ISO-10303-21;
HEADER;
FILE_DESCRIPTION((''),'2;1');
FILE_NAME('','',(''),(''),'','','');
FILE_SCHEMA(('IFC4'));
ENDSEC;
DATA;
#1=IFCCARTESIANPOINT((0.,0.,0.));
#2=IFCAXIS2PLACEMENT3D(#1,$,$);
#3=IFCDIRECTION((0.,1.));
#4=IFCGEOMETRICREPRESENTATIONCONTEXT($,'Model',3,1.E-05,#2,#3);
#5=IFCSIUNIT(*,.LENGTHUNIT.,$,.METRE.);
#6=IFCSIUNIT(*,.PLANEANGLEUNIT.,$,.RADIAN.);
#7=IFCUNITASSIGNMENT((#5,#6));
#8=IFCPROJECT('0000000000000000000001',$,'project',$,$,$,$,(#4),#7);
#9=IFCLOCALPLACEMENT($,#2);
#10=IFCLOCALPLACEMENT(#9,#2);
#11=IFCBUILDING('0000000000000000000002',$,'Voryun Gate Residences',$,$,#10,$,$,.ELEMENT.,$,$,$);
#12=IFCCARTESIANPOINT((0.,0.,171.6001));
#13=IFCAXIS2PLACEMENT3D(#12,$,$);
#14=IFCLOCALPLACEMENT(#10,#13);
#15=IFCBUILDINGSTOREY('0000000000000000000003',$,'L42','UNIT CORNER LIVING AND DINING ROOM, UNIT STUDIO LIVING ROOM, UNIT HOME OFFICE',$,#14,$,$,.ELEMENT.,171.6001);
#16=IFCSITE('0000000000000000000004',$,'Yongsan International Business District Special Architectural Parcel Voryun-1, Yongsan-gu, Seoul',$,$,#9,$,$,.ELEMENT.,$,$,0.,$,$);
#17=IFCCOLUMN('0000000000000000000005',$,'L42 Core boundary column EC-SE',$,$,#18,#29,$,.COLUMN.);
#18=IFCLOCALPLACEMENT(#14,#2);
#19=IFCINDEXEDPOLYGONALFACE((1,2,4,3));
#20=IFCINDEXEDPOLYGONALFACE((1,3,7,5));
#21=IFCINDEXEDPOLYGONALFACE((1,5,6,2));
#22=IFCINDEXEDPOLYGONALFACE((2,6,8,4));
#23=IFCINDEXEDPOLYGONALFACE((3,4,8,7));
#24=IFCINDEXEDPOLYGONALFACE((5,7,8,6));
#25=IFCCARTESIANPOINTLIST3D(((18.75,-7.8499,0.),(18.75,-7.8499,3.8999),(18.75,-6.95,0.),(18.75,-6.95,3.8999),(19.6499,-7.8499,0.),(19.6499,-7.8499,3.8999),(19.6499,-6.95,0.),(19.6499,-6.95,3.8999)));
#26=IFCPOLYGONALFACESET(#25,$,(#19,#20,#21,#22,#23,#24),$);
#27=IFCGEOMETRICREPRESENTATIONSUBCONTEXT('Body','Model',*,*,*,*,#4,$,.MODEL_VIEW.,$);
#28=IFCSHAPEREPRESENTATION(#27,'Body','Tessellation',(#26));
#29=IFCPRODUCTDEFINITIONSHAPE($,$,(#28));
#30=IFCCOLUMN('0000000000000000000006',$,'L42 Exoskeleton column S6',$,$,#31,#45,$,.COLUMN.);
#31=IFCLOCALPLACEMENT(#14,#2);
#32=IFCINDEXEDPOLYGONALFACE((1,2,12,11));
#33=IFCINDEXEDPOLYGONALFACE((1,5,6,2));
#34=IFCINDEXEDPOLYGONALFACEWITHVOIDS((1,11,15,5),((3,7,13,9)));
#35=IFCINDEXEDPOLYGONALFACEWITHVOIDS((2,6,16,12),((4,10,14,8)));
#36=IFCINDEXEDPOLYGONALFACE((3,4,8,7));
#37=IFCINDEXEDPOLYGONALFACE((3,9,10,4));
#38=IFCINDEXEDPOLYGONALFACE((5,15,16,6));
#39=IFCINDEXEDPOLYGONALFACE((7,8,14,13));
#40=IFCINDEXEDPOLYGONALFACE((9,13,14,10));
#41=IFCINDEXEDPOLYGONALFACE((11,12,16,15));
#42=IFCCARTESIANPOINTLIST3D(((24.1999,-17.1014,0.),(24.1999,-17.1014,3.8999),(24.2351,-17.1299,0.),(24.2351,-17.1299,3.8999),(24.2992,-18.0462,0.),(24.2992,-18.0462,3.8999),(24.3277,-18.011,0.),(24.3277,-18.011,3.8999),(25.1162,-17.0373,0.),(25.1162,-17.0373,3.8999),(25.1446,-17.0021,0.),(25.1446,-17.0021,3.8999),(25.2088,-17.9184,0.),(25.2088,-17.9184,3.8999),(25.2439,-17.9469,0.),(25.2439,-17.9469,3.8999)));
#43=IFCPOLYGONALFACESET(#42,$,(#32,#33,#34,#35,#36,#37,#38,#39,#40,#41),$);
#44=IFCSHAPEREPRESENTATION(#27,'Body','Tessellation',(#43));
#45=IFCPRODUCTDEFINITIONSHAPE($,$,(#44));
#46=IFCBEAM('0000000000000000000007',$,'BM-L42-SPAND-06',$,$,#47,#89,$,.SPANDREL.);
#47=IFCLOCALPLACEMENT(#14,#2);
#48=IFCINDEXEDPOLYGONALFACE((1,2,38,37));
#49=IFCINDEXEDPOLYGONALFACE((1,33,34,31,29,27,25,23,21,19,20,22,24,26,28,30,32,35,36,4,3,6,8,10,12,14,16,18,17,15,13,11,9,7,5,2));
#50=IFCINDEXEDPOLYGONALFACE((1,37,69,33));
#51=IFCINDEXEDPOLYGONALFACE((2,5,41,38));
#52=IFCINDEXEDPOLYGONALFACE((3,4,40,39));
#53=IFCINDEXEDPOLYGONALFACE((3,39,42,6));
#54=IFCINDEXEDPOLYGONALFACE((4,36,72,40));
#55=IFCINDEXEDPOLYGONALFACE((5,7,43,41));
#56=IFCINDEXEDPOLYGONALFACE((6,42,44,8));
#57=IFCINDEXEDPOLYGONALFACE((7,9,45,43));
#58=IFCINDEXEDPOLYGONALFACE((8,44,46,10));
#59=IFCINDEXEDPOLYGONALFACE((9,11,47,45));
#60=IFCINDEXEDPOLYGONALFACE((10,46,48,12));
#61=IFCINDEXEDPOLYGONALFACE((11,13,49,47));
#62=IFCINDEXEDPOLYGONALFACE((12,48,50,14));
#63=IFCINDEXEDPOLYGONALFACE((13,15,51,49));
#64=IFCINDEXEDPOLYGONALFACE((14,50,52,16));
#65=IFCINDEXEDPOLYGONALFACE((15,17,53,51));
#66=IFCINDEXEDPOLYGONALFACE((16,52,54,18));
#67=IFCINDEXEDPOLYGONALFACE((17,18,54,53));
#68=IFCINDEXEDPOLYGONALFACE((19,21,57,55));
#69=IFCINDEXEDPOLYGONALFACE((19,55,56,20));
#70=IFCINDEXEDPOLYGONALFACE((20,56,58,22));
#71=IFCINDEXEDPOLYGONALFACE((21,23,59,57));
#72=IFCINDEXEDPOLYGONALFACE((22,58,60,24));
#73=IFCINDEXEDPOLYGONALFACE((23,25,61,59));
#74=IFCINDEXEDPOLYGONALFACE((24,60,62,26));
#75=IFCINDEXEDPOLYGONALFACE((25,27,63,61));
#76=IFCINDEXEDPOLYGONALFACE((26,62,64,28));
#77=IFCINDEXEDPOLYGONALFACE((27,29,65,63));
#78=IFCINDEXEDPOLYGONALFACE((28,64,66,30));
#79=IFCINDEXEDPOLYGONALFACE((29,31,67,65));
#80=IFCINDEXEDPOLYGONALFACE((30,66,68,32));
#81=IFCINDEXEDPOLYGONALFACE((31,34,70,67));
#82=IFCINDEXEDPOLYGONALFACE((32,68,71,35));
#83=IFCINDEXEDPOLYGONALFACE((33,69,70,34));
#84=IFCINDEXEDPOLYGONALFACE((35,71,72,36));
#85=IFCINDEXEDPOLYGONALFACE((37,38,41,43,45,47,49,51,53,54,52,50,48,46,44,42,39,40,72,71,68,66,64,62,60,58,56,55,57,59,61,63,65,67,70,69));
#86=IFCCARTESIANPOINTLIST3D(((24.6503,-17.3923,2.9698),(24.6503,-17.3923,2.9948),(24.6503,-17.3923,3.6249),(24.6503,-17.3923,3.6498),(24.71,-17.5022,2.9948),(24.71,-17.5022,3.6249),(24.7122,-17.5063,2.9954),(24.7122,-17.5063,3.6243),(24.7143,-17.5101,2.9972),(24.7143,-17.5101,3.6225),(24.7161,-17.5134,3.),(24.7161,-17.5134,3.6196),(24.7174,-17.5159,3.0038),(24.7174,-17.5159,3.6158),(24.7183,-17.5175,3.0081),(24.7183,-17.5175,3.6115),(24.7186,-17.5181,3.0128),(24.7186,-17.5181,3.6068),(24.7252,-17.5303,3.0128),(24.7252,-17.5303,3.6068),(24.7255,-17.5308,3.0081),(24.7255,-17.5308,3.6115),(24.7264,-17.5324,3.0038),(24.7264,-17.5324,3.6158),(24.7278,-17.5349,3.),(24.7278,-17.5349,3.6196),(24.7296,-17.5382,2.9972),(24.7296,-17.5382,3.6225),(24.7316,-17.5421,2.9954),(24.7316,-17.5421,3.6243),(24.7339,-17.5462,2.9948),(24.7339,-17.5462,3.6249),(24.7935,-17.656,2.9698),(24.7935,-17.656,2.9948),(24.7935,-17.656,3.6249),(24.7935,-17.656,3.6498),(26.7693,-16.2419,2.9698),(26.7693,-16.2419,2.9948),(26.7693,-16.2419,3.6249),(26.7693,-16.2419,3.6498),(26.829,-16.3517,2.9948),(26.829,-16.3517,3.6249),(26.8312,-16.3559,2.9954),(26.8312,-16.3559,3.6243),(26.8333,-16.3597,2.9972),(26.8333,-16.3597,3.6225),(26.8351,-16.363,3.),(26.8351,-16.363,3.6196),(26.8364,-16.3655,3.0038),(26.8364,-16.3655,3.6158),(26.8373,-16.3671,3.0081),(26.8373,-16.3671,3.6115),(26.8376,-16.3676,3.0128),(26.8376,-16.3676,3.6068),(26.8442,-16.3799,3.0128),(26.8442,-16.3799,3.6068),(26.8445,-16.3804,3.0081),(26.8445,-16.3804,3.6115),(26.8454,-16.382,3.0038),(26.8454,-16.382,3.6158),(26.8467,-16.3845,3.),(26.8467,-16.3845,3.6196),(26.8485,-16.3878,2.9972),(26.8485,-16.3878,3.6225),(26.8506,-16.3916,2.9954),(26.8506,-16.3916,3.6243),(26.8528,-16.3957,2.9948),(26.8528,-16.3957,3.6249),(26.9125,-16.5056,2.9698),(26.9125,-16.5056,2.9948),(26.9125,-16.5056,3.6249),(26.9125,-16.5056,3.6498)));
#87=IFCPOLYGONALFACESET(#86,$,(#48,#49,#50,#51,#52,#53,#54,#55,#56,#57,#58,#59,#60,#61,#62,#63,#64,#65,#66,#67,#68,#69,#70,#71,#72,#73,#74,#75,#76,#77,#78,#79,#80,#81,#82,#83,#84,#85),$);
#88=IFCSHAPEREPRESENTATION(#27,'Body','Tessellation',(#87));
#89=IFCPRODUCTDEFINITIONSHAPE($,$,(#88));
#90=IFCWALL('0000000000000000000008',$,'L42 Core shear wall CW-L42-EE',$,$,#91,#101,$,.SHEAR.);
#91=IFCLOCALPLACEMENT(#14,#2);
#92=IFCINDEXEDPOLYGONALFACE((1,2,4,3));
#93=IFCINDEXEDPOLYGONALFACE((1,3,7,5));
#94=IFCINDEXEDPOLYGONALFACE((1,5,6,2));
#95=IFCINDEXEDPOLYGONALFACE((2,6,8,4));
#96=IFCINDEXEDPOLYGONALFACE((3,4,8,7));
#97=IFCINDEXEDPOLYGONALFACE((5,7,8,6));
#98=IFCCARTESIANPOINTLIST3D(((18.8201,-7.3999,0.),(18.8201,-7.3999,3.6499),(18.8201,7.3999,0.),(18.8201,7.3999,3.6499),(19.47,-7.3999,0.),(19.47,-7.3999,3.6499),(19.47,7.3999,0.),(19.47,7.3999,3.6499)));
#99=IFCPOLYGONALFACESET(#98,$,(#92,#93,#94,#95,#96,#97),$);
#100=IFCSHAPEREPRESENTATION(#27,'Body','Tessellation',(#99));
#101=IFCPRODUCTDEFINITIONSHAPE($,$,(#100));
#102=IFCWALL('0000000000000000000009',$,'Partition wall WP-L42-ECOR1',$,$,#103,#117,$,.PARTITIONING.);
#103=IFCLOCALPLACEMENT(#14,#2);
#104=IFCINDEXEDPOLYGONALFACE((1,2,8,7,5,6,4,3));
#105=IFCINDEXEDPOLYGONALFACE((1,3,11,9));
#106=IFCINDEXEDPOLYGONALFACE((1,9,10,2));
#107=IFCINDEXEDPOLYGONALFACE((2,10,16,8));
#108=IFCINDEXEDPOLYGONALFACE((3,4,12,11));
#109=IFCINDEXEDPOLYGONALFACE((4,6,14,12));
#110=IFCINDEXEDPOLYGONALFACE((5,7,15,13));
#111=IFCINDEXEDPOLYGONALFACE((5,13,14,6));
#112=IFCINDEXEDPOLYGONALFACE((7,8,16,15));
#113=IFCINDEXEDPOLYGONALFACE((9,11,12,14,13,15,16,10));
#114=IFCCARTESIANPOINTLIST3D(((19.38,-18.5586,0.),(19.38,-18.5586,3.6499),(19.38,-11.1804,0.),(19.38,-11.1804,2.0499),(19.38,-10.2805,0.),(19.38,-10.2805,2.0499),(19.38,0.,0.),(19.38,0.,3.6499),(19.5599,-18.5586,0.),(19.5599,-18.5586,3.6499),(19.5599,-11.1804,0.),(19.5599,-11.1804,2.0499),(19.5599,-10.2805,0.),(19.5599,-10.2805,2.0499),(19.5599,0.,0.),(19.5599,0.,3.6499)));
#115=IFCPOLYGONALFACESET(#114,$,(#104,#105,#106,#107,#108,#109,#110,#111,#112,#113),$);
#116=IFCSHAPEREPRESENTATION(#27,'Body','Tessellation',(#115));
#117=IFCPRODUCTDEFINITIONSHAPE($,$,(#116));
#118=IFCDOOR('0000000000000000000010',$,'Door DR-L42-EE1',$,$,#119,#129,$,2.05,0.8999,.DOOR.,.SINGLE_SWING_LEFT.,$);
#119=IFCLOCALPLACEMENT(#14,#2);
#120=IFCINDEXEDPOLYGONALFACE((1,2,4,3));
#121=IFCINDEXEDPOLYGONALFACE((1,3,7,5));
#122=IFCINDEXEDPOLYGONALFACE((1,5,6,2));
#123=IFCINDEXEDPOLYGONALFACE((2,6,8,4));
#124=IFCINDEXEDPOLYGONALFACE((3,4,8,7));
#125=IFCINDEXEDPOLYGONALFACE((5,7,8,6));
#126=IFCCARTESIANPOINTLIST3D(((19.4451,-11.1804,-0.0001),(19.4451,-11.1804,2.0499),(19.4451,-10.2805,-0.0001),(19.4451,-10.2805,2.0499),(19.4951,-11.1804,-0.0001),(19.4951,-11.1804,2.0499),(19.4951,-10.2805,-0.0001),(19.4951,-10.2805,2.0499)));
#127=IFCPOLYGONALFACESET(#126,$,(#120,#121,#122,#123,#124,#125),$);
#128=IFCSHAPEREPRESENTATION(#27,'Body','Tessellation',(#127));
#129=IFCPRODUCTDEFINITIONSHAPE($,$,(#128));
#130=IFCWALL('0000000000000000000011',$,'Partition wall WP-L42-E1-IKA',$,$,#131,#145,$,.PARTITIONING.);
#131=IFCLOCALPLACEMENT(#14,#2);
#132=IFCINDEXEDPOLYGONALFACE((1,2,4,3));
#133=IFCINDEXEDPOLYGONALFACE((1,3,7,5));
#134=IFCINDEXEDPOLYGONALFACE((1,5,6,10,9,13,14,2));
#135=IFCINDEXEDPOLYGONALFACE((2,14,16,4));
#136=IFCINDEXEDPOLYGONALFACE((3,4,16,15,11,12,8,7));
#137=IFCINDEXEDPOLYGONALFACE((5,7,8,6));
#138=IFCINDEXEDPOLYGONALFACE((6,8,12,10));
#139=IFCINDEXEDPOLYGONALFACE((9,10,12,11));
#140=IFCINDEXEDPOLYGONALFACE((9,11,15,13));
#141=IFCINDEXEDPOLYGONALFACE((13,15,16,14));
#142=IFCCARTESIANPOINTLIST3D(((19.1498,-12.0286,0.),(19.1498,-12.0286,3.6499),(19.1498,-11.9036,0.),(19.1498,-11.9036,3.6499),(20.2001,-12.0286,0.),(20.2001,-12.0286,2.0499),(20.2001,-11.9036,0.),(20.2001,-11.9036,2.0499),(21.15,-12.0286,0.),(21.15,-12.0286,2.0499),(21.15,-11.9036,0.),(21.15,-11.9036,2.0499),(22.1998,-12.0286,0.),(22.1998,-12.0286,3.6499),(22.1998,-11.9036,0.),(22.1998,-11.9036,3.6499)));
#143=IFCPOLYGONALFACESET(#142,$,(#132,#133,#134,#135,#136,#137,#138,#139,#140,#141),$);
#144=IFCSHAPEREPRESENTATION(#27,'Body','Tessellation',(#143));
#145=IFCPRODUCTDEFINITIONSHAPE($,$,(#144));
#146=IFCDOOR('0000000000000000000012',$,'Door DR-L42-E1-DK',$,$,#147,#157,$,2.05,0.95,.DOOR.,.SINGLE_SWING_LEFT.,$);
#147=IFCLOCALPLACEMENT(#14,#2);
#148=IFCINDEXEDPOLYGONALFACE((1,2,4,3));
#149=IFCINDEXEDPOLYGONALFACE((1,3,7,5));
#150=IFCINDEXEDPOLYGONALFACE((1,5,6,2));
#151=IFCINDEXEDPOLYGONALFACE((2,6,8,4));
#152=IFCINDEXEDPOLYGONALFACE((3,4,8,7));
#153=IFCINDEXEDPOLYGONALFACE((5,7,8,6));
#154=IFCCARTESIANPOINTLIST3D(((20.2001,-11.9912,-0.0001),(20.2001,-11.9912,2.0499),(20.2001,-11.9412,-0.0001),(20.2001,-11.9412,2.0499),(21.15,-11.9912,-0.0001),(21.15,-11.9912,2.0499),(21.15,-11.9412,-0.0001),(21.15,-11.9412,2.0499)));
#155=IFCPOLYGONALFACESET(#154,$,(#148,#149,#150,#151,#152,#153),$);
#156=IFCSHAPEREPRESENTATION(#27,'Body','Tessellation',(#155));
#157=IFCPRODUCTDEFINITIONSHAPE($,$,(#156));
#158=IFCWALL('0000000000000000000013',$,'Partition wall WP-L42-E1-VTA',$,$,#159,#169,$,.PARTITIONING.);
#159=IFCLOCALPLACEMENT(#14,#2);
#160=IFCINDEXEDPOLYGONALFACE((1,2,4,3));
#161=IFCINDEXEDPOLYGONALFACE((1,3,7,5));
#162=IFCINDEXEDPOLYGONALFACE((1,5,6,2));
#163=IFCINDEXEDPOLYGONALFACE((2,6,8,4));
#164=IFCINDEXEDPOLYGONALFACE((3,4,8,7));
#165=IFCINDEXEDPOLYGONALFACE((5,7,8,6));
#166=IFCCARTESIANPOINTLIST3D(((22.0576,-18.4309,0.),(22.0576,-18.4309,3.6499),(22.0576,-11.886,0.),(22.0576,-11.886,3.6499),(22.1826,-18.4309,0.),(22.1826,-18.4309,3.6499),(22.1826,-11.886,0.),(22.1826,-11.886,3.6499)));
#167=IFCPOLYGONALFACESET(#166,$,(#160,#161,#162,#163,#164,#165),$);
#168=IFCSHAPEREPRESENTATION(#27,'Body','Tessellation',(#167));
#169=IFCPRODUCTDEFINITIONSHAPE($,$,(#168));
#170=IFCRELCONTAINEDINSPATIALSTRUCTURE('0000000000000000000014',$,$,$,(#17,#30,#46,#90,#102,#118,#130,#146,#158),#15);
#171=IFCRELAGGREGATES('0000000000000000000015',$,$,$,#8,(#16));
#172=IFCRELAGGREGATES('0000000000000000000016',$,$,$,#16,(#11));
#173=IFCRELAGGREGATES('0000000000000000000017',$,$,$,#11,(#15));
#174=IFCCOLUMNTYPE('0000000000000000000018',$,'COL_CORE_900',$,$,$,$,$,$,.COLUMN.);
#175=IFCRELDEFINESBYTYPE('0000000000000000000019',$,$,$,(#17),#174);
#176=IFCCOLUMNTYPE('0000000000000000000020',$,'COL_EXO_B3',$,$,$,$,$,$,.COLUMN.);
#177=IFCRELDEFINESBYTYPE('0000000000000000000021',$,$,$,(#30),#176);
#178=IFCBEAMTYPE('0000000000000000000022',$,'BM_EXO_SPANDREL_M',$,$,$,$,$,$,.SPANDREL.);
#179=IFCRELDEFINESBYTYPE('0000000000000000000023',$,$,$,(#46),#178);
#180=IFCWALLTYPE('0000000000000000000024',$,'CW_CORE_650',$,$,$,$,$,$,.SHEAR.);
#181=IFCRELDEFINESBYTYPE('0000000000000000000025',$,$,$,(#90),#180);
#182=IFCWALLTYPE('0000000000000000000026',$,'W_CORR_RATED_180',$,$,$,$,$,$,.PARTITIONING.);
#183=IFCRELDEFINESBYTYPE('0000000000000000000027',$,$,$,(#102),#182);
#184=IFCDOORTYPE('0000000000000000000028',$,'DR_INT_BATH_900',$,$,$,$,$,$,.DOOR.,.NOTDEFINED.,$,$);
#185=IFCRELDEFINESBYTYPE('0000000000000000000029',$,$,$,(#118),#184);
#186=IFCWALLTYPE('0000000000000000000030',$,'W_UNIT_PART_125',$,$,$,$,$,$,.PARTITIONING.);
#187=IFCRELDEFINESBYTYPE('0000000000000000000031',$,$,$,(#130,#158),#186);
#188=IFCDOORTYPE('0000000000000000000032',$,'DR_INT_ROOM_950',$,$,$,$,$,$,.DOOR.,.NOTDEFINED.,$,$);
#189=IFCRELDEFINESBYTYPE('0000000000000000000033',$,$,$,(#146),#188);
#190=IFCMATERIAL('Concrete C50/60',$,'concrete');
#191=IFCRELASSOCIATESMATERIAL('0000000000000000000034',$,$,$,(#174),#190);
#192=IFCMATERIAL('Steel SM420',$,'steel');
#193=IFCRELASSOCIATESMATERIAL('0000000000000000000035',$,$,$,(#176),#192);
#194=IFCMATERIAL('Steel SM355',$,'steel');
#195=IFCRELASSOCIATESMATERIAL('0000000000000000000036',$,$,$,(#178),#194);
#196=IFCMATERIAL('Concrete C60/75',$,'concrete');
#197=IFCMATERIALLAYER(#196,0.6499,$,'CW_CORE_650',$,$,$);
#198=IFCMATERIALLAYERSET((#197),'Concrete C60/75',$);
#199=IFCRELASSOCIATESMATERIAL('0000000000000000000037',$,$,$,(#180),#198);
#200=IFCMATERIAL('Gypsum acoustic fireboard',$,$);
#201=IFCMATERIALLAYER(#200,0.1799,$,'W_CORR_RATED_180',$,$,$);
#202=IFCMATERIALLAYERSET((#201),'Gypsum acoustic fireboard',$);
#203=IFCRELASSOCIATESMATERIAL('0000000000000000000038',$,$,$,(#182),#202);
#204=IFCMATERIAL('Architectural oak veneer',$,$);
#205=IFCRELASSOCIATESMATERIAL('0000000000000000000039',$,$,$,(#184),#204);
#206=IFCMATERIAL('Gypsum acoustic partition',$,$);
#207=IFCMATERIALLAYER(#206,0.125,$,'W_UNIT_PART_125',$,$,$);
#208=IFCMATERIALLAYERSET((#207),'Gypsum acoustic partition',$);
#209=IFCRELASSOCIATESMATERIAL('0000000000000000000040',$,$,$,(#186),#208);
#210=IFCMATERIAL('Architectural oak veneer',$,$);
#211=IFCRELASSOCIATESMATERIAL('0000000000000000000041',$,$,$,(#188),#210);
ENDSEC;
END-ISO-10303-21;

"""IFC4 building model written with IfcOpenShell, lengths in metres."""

from ifc_helpers import new_model, si_unit, direction, frame, frame_2d, origin, origin_2d, place, context, subcontext, project, spatial, rectangle, hollow_rectangle, i_section, extrude, material, layer, layer_set, material_profile, profile_set, type_object, element, fill, save


model = new_model("IFC4")

# Units and contexts
model_context = context("Model", 3, precision=1e-05, world=origin(), true_north=direction((0.0, 1.0)))
body_context = subcontext(model_context, "Body", "Model", "MODEL_VIEW")
ifc_project = project(units=[si_unit("LENGTHUNIT", "METRE"), si_unit("PLANEANGLEUNIT", "RADIAN")], contexts=[model_context])

# Site, building, storey
site_placement = place(None, origin())
site = spatial("IfcSite", under=ifc_project, at=site_placement, Name="Yongsan International Business District Special Architectural Parcel Voryun-1, Yongsan-gu, Seoul", CompositionType="ELEMENT", RefElevation=0.0)
building_placement = place(site_placement, origin())
building = spatial("IfcBuilding", under=site, at=building_placement, Name="Voryun Gate Residences", CompositionType="ELEMENT")
storey_placement = place(building_placement, frame((0.0, 0.0, 171.6001)))
storey = spatial("IfcBuildingStorey", under=building, at=storey_placement, Name="L42", Description="UNIT CORNER LIVING AND DINING ROOM, UNIT STUDIO LIVING ROOM, UNIT HOME OFFICE", CompositionType="ELEMENT", Elevation=171.6001)

# Columns
ifc_material_1 = material(Name="Concrete C50/60", Category="concrete")
ifc_material_profile_1 = material_profile(ifc_material_1, rectangle(XDim=0.8999, YDim=0.8999, at=origin_2d()), Name="RC-900x900")
ifc_profile_set_1 = profile_set([ifc_material_profile_1], Name="Concrete C50/60")
column_type_1 = type_object("IfcColumnType", Name="COL_CORE_900", PredefinedType="COLUMN", material=ifc_profile_set_1)
column_1_placement = place(storey_placement, frame((19.2, -7.3999, 0.0), z_axis=(0.0, 0.0, 1.0), x_axis=(1.0, 0.0, 0.0)))
element("IfcColumn", 1, at=column_1_placement, inside=storey, type_object=column_type_1, Name="L42 Core boundary column EC-SE", PredefinedType="COLUMN", context=body_context, shape_type="SweptSolid", body=[
    extrude(rectangle(XDim=0.8999, YDim=0.8999, at=origin_2d()), origin(), (0.0, 0.0, 1.0), 3.8999),
])
ifc_material_2 = material(Name="Steel SM420", Category="steel")
ifc_material_profile_2 = material_profile(ifc_material_2, hollow_rectangle(XDim=0.95, YDim=0.95, WallThickness=0.032, at=origin_2d()), Name="BOX-950x950x32")
ifc_profile_set_2 = profile_set([ifc_material_profile_2], Name="Steel SM420")
column_type_2 = type_object("IfcColumnType", Name="COL_EXO_B3", PredefinedType="COLUMN", material=ifc_profile_set_2)
column_2_placement = place(storey_placement, frame((24.7219, -17.5242, 0.0), z_axis=(0.0, 0.0, 1.0), x_axis=(0.994522, 0.104528, 0.0)))
element("IfcColumn", 2, at=column_2_placement, inside=storey, type_object=column_type_2, Name="L42 Exoskeleton column S6", PredefinedType="COLUMN", context=body_context, shape_type="SweptSolid", body=[
    extrude(hollow_rectangle(XDim=0.95, YDim=0.95, WallThickness=0.032, at=origin_2d()), origin(), (0.0, 0.0, 1.0), 3.8999),
])

# Beam
ifc_material_3 = material(Name="Steel SM355", Category="steel")
ifc_material_profile_3 = material_profile(ifc_material_3, i_section(OverallWidth=0.3, OverallDepth=0.6799, WebThickness=0.0139, FlangeThickness=0.0249, FilletRadius=0.0181, at=origin_2d()), Name="H-680x300x14x25")
ifc_profile_set_3 = profile_set([ifc_material_profile_3], Name="Steel SM355")
beam_type = type_object("IfcBeamType", Name="BM_EXO_SPANDREL_M", PredefinedType="SPANDREL", material=ifc_profile_set_3)
beam_placement = place(storey_placement, frame((24.7219, -17.5242, 3.3098), z_axis=(0.87883, 0.477134, 0.0), x_axis=(-0.477134, 0.87883, 0.0)))
element("IfcBeam", 3, at=beam_placement, inside=storey, type_object=beam_type, Name="BM-L42-SPAND-06", PredefinedType="SPANDREL", context=body_context, shape_type="SweptSolid", body=[
    extrude(i_section(OverallWidth=0.3, OverallDepth=0.6799, WebThickness=0.0139, FlangeThickness=0.0249, FilletRadius=0.0181, at=origin_2d()), origin(), (0.0, 0.0, 1.0), 2.4111),
])

# Wall
ifc_material_4 = material(Name="Concrete C60/75", Category="concrete")
ifc_layer_1 = layer(ifc_material_4, 0.6499, Name="CW_CORE_650")
ifc_layer_set_1 = layer_set([ifc_layer_1], Name="Concrete C60/75")
wall_type_1 = type_object("IfcWallType", Name="CW_CORE_650", PredefinedType="SHEAR", material=ifc_layer_set_1)
wall_1_placement = place(storey_placement, frame((19.145, -7.3999, 0.0), z_axis=(0.0, 0.0, 1.0), x_axis=(0.0, 1.0, 0.0)))
element("IfcWall", 4, at=wall_1_placement, inside=storey, type_object=wall_type_1, Name="L42 Core shear wall CW-L42-EE", PredefinedType="SHEAR", context=body_context, shape_type="SweptSolid", body=[
    extrude(rectangle(XDim=14.7998, YDim=0.6499, at=frame_2d((7.3999, 0.0))), origin(), (0.0, 0.0, 1.0), 3.6499),
])

# Walls, openings, doors
ifc_material_5 = material(Name="Gypsum acoustic fireboard")
ifc_layer_2 = layer(ifc_material_5, 0.1799, Name="W_CORR_RATED_180")
ifc_layer_set_2 = layer_set([ifc_layer_2], Name="Gypsum acoustic fireboard")
wall_type_2 = type_object("IfcWallType", Name="W_CORR_RATED_180", PredefinedType="PARTITIONING", material=ifc_layer_set_2)
wall_2_placement = place(storey_placement, frame((19.47, -18.5586, 0.0), z_axis=(0.0, 0.0, 1.0), x_axis=(0.0, 1.0, 0.0)))
wall_2 = element("IfcWall", 5, at=wall_2_placement, inside=storey, type_object=wall_type_2, Name="Partition wall WP-L42-ECOR1", PredefinedType="PARTITIONING", context=body_context, shape_type="SweptSolid", body=[
    extrude(rectangle(XDim=18.5586, YDim=0.1799, at=frame_2d((9.2793, 0.0))), origin(), (0.0, 0.0, 1.0), 3.6499),
])
opening_1_placement = place(wall_2_placement, frame((7.3782, 0.0, 0.0)))
opening_1 = element("IfcOpeningElement", 6, at=opening_1_placement, cuts=wall_2, PredefinedType="OPENING", context=body_context, shape_type="SweptSolid", body=[
    extrude(rectangle(XDim=0.8999, YDim=2.05, at=frame_2d((0.45, 1.0249))), frame((0.0, 0.0999, 0.0), z_axis=(0.0, -1.0, 0.0), x_axis=(1.0, 0.0, 0.0)), (0.0, 0.0, 1.0), 0.2),
])
ifc_material_6 = material(Name="Architectural oak veneer")
door_type_1 = type_object("IfcDoorType", Name="DR_INT_BATH_900", OperationType="NOTDEFINED", PredefinedType="DOOR", material=ifc_material_6)
door_1_placement = place(opening_1_placement, origin())
door_1 = element("IfcDoor", 7, at=door_1_placement, inside=storey, type_object=door_type_1, Name="Door DR-L42-EE1", OperationType="SINGLE_SWING_LEFT", OverallHeight=2.05, OverallWidth=0.8999, PredefinedType="DOOR", context=body_context, shape_type="SweptSolid", body=[
    extrude(rectangle(XDim=0.8999, YDim=2.05, at=frame_2d((0.45, 1.0249))), frame((0.0, 0.0249, 0.0), z_axis=(0.0, -1.0, 0.0), x_axis=(1.0, 0.0, 0.0)), (0.0, 0.0, 1.0), 0.05),
])
fill(opening_1, door_1)
ifc_material_7 = material(Name="Gypsum acoustic partition")
ifc_layer_3 = layer(ifc_material_7, 0.125, Name="W_UNIT_PART_125")
ifc_layer_set_3 = layer_set([ifc_layer_3], Name="Gypsum acoustic partition")
wall_type_3 = type_object("IfcWallType", Name="W_UNIT_PART_125", PredefinedType="PARTITIONING", material=ifc_layer_set_3)
wall_3_placement = place(storey_placement, frame((19.1499, -11.9661, 0.0), z_axis=(0.0, 0.0, 1.0), x_axis=(1.0, 0.0, 0.0)))
wall_3 = element("IfcWall", 8, at=wall_3_placement, inside=storey, type_object=wall_type_3, Name="Partition wall WP-L42-E1-IKA", PredefinedType="PARTITIONING", context=body_context, shape_type="SweptSolid", body=[
    extrude(rectangle(XDim=3.05, YDim=0.125, at=frame_2d((1.5249, 0.0))), origin(), (0.0, 0.0, 1.0), 3.6499),
])
opening_2_placement = place(wall_3_placement, frame((1.05, 0.0, 0.0)))
opening_2 = element("IfcOpeningElement", 9, at=opening_2_placement, cuts=wall_3, PredefinedType="OPENING", context=body_context, shape_type="SweptSolid", body=[
    extrude(rectangle(XDim=0.95, YDim=2.05, at=frame_2d((0.4751, 1.0249))), frame((0.0, 0.0725, 0.0), z_axis=(0.0, -1.0, 0.0), x_axis=(1.0, 0.0, 0.0)), (0.0, 0.0, 1.0), 0.145),
])
ifc_material_8 = material(Name="Architectural oak veneer")
door_type_2 = type_object("IfcDoorType", Name="DR_INT_ROOM_950", OperationType="NOTDEFINED", PredefinedType="DOOR", material=ifc_material_8)
door_2_placement = place(opening_2_placement, origin())
door_2 = element("IfcDoor", 10, at=door_2_placement, inside=storey, type_object=door_type_2, Name="Door DR-L42-E1-DK", OperationType="SINGLE_SWING_LEFT", OverallHeight=2.05, OverallWidth=0.95, PredefinedType="DOOR", context=body_context, shape_type="SweptSolid", body=[
    extrude(rectangle(XDim=0.95, YDim=2.05, at=frame_2d((0.4751, 1.0249))), frame((0.0, 0.0249, 0.0), z_axis=(0.0, -1.0, 0.0), x_axis=(1.0, 0.0, 0.0)), (0.0, 0.0, 1.0), 0.05),
])
fill(opening_2, door_2)

# Wall
wall_4_placement = place(storey_placement, frame((22.1201, -18.4309, 0.0), z_axis=(0.0, 0.0, 1.0), x_axis=(0.0, 1.0, 0.0)))
element("IfcWall", 11, at=wall_4_placement, inside=storey, type_object=wall_type_3, Name="Partition wall WP-L42-E1-VTA", PredefinedType="PARTITIONING", context=body_context, shape_type="SweptSolid", body=[
    extrude(rectangle(XDim=6.5449, YDim=0.125, at=frame_2d((3.2725, 0.0))), origin(), (0.0, 0.0, 1.0), 3.6499),
])

save(model, "model.ifc")
